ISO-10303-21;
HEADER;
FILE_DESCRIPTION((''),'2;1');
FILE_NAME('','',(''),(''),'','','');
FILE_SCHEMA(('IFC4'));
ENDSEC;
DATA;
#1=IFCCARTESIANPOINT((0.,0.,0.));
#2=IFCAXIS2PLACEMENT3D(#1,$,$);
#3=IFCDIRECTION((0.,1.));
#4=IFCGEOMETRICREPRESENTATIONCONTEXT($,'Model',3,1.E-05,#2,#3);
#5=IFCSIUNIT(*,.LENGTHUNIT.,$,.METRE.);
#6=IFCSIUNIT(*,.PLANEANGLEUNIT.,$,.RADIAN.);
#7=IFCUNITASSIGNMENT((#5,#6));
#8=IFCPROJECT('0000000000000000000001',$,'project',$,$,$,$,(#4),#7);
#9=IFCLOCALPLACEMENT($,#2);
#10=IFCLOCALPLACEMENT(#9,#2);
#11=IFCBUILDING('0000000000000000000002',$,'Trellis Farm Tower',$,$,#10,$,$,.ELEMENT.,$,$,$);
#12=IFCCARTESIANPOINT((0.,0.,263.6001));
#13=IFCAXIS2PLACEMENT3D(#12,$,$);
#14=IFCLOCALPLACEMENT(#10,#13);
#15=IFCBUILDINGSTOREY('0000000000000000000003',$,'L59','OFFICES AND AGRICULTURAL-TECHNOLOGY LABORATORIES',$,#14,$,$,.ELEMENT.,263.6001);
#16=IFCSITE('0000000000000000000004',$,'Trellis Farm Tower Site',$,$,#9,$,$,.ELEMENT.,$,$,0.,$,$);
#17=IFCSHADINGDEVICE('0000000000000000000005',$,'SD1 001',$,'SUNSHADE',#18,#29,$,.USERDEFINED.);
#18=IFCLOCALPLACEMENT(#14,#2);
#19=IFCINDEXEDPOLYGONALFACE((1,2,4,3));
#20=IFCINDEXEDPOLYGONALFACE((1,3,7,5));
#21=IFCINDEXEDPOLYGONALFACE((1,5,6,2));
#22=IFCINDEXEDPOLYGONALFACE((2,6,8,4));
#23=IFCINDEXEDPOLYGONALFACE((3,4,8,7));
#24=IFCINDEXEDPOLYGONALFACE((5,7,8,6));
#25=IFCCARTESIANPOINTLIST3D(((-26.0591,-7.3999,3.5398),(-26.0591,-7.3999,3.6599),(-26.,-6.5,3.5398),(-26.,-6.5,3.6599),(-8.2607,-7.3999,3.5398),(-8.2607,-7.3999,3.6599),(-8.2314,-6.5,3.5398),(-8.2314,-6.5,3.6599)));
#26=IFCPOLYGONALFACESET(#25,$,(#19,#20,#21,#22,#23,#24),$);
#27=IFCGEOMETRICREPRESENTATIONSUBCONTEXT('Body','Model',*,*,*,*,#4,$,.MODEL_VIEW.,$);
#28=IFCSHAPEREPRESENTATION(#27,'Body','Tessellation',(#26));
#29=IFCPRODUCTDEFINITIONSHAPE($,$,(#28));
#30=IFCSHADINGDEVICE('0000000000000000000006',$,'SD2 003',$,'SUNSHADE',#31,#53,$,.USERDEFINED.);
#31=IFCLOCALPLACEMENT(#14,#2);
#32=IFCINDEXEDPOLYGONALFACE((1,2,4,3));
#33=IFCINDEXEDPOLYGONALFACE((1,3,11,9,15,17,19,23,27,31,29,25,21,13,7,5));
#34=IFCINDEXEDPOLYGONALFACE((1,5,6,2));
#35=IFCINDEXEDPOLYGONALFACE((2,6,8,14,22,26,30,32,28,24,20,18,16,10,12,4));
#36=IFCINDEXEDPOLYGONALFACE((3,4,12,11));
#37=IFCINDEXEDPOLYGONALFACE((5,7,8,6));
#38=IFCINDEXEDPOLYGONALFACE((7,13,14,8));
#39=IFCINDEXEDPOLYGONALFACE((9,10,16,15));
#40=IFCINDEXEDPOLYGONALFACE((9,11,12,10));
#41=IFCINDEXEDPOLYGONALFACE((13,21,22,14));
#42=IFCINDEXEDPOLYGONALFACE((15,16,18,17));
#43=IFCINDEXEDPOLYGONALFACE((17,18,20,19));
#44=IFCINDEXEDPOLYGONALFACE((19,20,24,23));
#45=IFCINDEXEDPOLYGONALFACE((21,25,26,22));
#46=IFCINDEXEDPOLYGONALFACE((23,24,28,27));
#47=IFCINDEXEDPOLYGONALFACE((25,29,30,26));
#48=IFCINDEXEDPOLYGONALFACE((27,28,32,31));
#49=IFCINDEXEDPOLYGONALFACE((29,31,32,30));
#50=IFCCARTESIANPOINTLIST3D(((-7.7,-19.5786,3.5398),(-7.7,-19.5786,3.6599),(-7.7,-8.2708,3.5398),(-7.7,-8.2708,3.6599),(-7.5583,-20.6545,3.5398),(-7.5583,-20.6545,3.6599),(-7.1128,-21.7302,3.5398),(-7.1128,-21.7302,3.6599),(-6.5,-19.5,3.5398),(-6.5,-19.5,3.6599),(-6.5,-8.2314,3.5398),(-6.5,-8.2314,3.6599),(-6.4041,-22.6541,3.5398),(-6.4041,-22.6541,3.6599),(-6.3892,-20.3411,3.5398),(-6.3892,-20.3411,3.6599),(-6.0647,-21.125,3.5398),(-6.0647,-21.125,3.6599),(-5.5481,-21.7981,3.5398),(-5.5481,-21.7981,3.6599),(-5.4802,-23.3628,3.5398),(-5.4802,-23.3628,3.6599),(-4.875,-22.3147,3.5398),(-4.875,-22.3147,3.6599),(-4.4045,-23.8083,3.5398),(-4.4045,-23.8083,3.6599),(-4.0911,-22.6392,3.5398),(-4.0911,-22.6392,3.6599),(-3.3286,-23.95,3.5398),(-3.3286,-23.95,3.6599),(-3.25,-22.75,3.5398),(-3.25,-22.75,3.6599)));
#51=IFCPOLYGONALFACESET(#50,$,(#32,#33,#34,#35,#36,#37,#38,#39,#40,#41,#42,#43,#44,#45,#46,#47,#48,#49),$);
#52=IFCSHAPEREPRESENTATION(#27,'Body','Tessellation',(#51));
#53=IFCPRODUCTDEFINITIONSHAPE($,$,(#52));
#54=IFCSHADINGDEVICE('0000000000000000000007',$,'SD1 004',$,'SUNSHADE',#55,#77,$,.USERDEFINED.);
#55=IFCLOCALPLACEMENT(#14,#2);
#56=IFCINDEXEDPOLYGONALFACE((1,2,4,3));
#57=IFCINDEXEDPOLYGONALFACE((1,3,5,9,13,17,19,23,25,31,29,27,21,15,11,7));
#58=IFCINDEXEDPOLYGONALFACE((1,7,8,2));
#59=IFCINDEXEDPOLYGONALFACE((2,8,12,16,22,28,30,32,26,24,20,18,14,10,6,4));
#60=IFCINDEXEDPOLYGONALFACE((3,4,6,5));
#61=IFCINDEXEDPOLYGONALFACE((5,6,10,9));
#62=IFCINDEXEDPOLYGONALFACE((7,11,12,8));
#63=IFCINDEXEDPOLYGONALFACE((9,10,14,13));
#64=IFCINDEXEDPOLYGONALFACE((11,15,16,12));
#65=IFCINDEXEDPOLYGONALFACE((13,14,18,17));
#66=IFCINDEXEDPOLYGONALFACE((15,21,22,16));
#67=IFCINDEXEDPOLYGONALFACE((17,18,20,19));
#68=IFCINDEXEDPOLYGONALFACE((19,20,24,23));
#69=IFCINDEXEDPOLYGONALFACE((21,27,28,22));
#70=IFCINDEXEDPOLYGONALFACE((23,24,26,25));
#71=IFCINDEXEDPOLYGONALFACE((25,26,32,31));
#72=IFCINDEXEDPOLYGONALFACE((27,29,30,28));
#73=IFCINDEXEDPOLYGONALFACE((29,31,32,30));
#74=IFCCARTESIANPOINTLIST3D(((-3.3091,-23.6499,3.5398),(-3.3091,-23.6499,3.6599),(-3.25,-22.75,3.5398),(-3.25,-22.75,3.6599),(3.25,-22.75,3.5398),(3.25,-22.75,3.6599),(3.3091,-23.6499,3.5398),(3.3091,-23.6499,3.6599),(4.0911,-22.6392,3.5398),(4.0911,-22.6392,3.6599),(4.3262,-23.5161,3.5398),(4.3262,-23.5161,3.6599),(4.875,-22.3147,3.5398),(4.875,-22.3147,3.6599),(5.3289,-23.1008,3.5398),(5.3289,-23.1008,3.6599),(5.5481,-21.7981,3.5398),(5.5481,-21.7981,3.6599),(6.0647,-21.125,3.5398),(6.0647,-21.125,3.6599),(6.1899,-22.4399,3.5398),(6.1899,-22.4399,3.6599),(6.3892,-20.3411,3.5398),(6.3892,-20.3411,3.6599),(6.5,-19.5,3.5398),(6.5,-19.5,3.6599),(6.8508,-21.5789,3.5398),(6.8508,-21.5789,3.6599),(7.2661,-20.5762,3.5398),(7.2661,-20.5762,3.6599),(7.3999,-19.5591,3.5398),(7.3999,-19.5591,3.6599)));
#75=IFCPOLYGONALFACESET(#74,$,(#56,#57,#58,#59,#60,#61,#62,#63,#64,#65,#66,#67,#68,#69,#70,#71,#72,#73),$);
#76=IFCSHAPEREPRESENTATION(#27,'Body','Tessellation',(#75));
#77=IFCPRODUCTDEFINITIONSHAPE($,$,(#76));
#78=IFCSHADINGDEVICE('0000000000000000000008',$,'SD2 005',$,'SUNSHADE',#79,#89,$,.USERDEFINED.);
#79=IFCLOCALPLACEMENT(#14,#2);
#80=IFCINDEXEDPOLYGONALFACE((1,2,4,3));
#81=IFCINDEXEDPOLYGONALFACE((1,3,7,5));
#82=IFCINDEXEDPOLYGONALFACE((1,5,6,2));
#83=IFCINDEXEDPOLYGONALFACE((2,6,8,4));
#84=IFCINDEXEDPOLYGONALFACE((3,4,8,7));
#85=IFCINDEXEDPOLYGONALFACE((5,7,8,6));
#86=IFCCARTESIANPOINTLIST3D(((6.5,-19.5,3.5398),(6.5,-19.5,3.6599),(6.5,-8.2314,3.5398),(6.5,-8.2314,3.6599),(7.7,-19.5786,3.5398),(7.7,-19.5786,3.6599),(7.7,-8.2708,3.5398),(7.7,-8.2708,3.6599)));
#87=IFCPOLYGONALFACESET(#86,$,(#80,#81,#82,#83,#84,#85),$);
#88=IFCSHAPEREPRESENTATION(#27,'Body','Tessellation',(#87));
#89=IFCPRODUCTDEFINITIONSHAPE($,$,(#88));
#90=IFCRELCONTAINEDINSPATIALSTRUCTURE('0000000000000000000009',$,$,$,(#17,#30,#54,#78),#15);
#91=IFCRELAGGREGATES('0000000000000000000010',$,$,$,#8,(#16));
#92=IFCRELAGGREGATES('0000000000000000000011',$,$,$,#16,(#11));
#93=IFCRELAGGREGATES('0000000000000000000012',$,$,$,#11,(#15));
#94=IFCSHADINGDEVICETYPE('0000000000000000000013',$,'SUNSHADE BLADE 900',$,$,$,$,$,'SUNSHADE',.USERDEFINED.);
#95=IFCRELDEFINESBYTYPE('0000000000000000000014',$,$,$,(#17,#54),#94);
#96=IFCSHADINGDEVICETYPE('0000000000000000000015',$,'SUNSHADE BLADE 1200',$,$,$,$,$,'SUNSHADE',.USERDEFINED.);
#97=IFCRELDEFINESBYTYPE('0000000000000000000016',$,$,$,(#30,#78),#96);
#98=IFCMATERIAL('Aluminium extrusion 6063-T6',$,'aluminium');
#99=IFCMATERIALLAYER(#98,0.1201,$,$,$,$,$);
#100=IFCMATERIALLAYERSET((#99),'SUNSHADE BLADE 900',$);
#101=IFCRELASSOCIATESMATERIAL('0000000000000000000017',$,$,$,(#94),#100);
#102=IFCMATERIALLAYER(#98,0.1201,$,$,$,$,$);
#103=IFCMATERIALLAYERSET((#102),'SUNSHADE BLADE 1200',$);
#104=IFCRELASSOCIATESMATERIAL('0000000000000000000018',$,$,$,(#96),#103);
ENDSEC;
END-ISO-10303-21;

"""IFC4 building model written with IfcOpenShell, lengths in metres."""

from ifc_helpers import new_model, si_unit, direction, frame, origin, place, context, subcontext, project, spatial, polyline, outline, extrude, source, transform, mapped, material, layer, layer_set, type_object, element, save


model = new_model("IFC4")

# Units and contexts
model_context = context("Model", 3, precision=1e-05, world=origin(), true_north=direction((0.0, 1.0)))
body_context = subcontext(model_context, "Body", "Model", "MODEL_VIEW")
ifc_project = project(units=[si_unit("LENGTHUNIT", "METRE"), si_unit("PLANEANGLEUNIT", "RADIAN")], contexts=[model_context])

# Site, building, storey
site_placement = place(None, origin())
site = spatial("IfcSite", under=ifc_project, at=site_placement, Name="Trellis Farm Tower Site", CompositionType="ELEMENT", RefElevation=0.0)
building_placement = place(site_placement, origin())
building = spatial("IfcBuilding", under=site, at=building_placement, Name="Trellis Farm Tower", CompositionType="ELEMENT")
storey_placement = place(building_placement, frame((0.0, 0.0, 263.6001)))
storey = spatial("IfcBuildingStorey", under=building, at=storey_placement, Name="L59", Description="OFFICES AND AGRICULTURAL-TECHNOLOGY LABORATORIES", CompositionType="ELEMENT", Elevation=263.6001)

# Shared definitions
ifc_material_1 = material(Name="Aluminium extrusion 6063-T6", Category="aluminium")

# Shading devices
ifc_layer_1 = layer(ifc_material_1, 0.1201)
ifc_layer_set_1 = layer_set([ifc_layer_1], Name="SUNSHADE BLADE 900")
shading_device_type_1 = type_object("IfcShadingDeviceType", Name="SUNSHADE BLADE 900", ElementType="SUNSHADE", PredefinedType="USERDEFINED", material=ifc_layer_set_1)
placement_1 = place(storey_placement, frame((0.0, 0.0, 3.5398)))
ifc_layer_2 = layer(ifc_material_1, 0.1201)
ifc_layer_set_2 = layer_set([ifc_layer_2], Name="SUNSHADE BLADE 1200")
shading_device_type_2 = type_object("IfcShadingDeviceType", Name="SUNSHADE BLADE 1200", ElementType="SUNSHADE", PredefinedType="USERDEFINED", material=ifc_layer_set_2)
shared_shape_1 = source(origin(), body_context, "Body", "SweptSolid", [
    extrude(outline(polyline([(-26.0591, -7.3999), (-8.2607, -7.3999), (-8.2314, -6.5), (-26.0, -6.5), (-26.0591, -7.3999)])), origin(), (0.0, 0.0, 1.0), 0.1201),
])
element("IfcShadingDevice", 1, at=placement_1, inside=storey, type_object=shading_device_type_1, Name="SD1 001", ObjectType="SUNSHADE", PredefinedType="USERDEFINED", context=body_context, shape_type="MappedRepresentation", body=[
    mapped(shared_shape_1, transform((0.0, 0.0, 0.0))),
])
shared_shape_2 = source(origin(), body_context, "Body", "SweptSolid", [
    extrude(outline(polyline([(-7.7, -8.2708), (-7.7, -19.5786), (-7.5583, -20.6545), (-7.1128, -21.7302), (-6.4041, -22.6541), (-5.4802, -23.3628), (-4.4045, -23.8083), (-3.3286, -23.95), (-3.25, -22.75), (-4.0911, -22.6392), (-4.875, -22.3147), (-5.5481, -21.7981), (-6.0647, -21.125), (-6.3892, -20.3411), (-6.5, -19.5), (-6.5, -8.2314), (-7.7, -8.2708)])), origin(), (0.0, 0.0, 1.0), 0.1201),
])
element("IfcShadingDevice", 2, at=placement_1, inside=storey, type_object=shading_device_type_2, Name="SD2 003", ObjectType="SUNSHADE", PredefinedType="USERDEFINED", context=body_context, shape_type="MappedRepresentation", body=[
    mapped(shared_shape_2, transform((0.0, 0.0, 0.0))),
])
shared_shape_3 = source(origin(), body_context, "Body", "SweptSolid", [
    extrude(outline(polyline([(-3.3091, -23.6499), (3.3091, -23.6499), (4.3262, -23.5161), (5.3289, -23.1008), (6.1899, -22.4399), (6.8508, -21.5789), (7.2661, -20.5762), (7.3999, -19.5591), (6.5, -19.5), (6.3892, -20.3411), (6.0647, -21.125), (5.5481, -21.7981), (4.875, -22.3147), (4.0911, -22.6392), (3.25, -22.75), (-3.25, -22.75), (-3.3091, -23.6499)])), origin(), (0.0, 0.0, 1.0), 0.1201),
])
element("IfcShadingDevice", 3, at=placement_1, inside=storey, type_object=shading_device_type_1, Name="SD1 004", ObjectType="SUNSHADE", PredefinedType="USERDEFINED", context=body_context, shape_type="MappedRepresentation", body=[
    mapped(shared_shape_3, transform((0.0, 0.0, 0.0))),
])
shared_shape_4 = source(origin(), body_context, "Body", "SweptSolid", [
    extrude(outline(polyline([(7.7, -19.5786), (7.7, -8.2708), (6.5, -8.2314), (6.5, -19.5), (7.7, -19.5786)])), origin(), (0.0, 0.0, 1.0), 0.1201),
])
element("IfcShadingDevice", 4, at=placement_1, inside=storey, type_object=shading_device_type_2, Name="SD2 005", ObjectType="SUNSHADE", PredefinedType="USERDEFINED", context=body_context, shape_type="MappedRepresentation", body=[
    mapped(shared_shape_4, transform((0.0, 0.0, 0.0))),
])

save(model, "model.ifc")
